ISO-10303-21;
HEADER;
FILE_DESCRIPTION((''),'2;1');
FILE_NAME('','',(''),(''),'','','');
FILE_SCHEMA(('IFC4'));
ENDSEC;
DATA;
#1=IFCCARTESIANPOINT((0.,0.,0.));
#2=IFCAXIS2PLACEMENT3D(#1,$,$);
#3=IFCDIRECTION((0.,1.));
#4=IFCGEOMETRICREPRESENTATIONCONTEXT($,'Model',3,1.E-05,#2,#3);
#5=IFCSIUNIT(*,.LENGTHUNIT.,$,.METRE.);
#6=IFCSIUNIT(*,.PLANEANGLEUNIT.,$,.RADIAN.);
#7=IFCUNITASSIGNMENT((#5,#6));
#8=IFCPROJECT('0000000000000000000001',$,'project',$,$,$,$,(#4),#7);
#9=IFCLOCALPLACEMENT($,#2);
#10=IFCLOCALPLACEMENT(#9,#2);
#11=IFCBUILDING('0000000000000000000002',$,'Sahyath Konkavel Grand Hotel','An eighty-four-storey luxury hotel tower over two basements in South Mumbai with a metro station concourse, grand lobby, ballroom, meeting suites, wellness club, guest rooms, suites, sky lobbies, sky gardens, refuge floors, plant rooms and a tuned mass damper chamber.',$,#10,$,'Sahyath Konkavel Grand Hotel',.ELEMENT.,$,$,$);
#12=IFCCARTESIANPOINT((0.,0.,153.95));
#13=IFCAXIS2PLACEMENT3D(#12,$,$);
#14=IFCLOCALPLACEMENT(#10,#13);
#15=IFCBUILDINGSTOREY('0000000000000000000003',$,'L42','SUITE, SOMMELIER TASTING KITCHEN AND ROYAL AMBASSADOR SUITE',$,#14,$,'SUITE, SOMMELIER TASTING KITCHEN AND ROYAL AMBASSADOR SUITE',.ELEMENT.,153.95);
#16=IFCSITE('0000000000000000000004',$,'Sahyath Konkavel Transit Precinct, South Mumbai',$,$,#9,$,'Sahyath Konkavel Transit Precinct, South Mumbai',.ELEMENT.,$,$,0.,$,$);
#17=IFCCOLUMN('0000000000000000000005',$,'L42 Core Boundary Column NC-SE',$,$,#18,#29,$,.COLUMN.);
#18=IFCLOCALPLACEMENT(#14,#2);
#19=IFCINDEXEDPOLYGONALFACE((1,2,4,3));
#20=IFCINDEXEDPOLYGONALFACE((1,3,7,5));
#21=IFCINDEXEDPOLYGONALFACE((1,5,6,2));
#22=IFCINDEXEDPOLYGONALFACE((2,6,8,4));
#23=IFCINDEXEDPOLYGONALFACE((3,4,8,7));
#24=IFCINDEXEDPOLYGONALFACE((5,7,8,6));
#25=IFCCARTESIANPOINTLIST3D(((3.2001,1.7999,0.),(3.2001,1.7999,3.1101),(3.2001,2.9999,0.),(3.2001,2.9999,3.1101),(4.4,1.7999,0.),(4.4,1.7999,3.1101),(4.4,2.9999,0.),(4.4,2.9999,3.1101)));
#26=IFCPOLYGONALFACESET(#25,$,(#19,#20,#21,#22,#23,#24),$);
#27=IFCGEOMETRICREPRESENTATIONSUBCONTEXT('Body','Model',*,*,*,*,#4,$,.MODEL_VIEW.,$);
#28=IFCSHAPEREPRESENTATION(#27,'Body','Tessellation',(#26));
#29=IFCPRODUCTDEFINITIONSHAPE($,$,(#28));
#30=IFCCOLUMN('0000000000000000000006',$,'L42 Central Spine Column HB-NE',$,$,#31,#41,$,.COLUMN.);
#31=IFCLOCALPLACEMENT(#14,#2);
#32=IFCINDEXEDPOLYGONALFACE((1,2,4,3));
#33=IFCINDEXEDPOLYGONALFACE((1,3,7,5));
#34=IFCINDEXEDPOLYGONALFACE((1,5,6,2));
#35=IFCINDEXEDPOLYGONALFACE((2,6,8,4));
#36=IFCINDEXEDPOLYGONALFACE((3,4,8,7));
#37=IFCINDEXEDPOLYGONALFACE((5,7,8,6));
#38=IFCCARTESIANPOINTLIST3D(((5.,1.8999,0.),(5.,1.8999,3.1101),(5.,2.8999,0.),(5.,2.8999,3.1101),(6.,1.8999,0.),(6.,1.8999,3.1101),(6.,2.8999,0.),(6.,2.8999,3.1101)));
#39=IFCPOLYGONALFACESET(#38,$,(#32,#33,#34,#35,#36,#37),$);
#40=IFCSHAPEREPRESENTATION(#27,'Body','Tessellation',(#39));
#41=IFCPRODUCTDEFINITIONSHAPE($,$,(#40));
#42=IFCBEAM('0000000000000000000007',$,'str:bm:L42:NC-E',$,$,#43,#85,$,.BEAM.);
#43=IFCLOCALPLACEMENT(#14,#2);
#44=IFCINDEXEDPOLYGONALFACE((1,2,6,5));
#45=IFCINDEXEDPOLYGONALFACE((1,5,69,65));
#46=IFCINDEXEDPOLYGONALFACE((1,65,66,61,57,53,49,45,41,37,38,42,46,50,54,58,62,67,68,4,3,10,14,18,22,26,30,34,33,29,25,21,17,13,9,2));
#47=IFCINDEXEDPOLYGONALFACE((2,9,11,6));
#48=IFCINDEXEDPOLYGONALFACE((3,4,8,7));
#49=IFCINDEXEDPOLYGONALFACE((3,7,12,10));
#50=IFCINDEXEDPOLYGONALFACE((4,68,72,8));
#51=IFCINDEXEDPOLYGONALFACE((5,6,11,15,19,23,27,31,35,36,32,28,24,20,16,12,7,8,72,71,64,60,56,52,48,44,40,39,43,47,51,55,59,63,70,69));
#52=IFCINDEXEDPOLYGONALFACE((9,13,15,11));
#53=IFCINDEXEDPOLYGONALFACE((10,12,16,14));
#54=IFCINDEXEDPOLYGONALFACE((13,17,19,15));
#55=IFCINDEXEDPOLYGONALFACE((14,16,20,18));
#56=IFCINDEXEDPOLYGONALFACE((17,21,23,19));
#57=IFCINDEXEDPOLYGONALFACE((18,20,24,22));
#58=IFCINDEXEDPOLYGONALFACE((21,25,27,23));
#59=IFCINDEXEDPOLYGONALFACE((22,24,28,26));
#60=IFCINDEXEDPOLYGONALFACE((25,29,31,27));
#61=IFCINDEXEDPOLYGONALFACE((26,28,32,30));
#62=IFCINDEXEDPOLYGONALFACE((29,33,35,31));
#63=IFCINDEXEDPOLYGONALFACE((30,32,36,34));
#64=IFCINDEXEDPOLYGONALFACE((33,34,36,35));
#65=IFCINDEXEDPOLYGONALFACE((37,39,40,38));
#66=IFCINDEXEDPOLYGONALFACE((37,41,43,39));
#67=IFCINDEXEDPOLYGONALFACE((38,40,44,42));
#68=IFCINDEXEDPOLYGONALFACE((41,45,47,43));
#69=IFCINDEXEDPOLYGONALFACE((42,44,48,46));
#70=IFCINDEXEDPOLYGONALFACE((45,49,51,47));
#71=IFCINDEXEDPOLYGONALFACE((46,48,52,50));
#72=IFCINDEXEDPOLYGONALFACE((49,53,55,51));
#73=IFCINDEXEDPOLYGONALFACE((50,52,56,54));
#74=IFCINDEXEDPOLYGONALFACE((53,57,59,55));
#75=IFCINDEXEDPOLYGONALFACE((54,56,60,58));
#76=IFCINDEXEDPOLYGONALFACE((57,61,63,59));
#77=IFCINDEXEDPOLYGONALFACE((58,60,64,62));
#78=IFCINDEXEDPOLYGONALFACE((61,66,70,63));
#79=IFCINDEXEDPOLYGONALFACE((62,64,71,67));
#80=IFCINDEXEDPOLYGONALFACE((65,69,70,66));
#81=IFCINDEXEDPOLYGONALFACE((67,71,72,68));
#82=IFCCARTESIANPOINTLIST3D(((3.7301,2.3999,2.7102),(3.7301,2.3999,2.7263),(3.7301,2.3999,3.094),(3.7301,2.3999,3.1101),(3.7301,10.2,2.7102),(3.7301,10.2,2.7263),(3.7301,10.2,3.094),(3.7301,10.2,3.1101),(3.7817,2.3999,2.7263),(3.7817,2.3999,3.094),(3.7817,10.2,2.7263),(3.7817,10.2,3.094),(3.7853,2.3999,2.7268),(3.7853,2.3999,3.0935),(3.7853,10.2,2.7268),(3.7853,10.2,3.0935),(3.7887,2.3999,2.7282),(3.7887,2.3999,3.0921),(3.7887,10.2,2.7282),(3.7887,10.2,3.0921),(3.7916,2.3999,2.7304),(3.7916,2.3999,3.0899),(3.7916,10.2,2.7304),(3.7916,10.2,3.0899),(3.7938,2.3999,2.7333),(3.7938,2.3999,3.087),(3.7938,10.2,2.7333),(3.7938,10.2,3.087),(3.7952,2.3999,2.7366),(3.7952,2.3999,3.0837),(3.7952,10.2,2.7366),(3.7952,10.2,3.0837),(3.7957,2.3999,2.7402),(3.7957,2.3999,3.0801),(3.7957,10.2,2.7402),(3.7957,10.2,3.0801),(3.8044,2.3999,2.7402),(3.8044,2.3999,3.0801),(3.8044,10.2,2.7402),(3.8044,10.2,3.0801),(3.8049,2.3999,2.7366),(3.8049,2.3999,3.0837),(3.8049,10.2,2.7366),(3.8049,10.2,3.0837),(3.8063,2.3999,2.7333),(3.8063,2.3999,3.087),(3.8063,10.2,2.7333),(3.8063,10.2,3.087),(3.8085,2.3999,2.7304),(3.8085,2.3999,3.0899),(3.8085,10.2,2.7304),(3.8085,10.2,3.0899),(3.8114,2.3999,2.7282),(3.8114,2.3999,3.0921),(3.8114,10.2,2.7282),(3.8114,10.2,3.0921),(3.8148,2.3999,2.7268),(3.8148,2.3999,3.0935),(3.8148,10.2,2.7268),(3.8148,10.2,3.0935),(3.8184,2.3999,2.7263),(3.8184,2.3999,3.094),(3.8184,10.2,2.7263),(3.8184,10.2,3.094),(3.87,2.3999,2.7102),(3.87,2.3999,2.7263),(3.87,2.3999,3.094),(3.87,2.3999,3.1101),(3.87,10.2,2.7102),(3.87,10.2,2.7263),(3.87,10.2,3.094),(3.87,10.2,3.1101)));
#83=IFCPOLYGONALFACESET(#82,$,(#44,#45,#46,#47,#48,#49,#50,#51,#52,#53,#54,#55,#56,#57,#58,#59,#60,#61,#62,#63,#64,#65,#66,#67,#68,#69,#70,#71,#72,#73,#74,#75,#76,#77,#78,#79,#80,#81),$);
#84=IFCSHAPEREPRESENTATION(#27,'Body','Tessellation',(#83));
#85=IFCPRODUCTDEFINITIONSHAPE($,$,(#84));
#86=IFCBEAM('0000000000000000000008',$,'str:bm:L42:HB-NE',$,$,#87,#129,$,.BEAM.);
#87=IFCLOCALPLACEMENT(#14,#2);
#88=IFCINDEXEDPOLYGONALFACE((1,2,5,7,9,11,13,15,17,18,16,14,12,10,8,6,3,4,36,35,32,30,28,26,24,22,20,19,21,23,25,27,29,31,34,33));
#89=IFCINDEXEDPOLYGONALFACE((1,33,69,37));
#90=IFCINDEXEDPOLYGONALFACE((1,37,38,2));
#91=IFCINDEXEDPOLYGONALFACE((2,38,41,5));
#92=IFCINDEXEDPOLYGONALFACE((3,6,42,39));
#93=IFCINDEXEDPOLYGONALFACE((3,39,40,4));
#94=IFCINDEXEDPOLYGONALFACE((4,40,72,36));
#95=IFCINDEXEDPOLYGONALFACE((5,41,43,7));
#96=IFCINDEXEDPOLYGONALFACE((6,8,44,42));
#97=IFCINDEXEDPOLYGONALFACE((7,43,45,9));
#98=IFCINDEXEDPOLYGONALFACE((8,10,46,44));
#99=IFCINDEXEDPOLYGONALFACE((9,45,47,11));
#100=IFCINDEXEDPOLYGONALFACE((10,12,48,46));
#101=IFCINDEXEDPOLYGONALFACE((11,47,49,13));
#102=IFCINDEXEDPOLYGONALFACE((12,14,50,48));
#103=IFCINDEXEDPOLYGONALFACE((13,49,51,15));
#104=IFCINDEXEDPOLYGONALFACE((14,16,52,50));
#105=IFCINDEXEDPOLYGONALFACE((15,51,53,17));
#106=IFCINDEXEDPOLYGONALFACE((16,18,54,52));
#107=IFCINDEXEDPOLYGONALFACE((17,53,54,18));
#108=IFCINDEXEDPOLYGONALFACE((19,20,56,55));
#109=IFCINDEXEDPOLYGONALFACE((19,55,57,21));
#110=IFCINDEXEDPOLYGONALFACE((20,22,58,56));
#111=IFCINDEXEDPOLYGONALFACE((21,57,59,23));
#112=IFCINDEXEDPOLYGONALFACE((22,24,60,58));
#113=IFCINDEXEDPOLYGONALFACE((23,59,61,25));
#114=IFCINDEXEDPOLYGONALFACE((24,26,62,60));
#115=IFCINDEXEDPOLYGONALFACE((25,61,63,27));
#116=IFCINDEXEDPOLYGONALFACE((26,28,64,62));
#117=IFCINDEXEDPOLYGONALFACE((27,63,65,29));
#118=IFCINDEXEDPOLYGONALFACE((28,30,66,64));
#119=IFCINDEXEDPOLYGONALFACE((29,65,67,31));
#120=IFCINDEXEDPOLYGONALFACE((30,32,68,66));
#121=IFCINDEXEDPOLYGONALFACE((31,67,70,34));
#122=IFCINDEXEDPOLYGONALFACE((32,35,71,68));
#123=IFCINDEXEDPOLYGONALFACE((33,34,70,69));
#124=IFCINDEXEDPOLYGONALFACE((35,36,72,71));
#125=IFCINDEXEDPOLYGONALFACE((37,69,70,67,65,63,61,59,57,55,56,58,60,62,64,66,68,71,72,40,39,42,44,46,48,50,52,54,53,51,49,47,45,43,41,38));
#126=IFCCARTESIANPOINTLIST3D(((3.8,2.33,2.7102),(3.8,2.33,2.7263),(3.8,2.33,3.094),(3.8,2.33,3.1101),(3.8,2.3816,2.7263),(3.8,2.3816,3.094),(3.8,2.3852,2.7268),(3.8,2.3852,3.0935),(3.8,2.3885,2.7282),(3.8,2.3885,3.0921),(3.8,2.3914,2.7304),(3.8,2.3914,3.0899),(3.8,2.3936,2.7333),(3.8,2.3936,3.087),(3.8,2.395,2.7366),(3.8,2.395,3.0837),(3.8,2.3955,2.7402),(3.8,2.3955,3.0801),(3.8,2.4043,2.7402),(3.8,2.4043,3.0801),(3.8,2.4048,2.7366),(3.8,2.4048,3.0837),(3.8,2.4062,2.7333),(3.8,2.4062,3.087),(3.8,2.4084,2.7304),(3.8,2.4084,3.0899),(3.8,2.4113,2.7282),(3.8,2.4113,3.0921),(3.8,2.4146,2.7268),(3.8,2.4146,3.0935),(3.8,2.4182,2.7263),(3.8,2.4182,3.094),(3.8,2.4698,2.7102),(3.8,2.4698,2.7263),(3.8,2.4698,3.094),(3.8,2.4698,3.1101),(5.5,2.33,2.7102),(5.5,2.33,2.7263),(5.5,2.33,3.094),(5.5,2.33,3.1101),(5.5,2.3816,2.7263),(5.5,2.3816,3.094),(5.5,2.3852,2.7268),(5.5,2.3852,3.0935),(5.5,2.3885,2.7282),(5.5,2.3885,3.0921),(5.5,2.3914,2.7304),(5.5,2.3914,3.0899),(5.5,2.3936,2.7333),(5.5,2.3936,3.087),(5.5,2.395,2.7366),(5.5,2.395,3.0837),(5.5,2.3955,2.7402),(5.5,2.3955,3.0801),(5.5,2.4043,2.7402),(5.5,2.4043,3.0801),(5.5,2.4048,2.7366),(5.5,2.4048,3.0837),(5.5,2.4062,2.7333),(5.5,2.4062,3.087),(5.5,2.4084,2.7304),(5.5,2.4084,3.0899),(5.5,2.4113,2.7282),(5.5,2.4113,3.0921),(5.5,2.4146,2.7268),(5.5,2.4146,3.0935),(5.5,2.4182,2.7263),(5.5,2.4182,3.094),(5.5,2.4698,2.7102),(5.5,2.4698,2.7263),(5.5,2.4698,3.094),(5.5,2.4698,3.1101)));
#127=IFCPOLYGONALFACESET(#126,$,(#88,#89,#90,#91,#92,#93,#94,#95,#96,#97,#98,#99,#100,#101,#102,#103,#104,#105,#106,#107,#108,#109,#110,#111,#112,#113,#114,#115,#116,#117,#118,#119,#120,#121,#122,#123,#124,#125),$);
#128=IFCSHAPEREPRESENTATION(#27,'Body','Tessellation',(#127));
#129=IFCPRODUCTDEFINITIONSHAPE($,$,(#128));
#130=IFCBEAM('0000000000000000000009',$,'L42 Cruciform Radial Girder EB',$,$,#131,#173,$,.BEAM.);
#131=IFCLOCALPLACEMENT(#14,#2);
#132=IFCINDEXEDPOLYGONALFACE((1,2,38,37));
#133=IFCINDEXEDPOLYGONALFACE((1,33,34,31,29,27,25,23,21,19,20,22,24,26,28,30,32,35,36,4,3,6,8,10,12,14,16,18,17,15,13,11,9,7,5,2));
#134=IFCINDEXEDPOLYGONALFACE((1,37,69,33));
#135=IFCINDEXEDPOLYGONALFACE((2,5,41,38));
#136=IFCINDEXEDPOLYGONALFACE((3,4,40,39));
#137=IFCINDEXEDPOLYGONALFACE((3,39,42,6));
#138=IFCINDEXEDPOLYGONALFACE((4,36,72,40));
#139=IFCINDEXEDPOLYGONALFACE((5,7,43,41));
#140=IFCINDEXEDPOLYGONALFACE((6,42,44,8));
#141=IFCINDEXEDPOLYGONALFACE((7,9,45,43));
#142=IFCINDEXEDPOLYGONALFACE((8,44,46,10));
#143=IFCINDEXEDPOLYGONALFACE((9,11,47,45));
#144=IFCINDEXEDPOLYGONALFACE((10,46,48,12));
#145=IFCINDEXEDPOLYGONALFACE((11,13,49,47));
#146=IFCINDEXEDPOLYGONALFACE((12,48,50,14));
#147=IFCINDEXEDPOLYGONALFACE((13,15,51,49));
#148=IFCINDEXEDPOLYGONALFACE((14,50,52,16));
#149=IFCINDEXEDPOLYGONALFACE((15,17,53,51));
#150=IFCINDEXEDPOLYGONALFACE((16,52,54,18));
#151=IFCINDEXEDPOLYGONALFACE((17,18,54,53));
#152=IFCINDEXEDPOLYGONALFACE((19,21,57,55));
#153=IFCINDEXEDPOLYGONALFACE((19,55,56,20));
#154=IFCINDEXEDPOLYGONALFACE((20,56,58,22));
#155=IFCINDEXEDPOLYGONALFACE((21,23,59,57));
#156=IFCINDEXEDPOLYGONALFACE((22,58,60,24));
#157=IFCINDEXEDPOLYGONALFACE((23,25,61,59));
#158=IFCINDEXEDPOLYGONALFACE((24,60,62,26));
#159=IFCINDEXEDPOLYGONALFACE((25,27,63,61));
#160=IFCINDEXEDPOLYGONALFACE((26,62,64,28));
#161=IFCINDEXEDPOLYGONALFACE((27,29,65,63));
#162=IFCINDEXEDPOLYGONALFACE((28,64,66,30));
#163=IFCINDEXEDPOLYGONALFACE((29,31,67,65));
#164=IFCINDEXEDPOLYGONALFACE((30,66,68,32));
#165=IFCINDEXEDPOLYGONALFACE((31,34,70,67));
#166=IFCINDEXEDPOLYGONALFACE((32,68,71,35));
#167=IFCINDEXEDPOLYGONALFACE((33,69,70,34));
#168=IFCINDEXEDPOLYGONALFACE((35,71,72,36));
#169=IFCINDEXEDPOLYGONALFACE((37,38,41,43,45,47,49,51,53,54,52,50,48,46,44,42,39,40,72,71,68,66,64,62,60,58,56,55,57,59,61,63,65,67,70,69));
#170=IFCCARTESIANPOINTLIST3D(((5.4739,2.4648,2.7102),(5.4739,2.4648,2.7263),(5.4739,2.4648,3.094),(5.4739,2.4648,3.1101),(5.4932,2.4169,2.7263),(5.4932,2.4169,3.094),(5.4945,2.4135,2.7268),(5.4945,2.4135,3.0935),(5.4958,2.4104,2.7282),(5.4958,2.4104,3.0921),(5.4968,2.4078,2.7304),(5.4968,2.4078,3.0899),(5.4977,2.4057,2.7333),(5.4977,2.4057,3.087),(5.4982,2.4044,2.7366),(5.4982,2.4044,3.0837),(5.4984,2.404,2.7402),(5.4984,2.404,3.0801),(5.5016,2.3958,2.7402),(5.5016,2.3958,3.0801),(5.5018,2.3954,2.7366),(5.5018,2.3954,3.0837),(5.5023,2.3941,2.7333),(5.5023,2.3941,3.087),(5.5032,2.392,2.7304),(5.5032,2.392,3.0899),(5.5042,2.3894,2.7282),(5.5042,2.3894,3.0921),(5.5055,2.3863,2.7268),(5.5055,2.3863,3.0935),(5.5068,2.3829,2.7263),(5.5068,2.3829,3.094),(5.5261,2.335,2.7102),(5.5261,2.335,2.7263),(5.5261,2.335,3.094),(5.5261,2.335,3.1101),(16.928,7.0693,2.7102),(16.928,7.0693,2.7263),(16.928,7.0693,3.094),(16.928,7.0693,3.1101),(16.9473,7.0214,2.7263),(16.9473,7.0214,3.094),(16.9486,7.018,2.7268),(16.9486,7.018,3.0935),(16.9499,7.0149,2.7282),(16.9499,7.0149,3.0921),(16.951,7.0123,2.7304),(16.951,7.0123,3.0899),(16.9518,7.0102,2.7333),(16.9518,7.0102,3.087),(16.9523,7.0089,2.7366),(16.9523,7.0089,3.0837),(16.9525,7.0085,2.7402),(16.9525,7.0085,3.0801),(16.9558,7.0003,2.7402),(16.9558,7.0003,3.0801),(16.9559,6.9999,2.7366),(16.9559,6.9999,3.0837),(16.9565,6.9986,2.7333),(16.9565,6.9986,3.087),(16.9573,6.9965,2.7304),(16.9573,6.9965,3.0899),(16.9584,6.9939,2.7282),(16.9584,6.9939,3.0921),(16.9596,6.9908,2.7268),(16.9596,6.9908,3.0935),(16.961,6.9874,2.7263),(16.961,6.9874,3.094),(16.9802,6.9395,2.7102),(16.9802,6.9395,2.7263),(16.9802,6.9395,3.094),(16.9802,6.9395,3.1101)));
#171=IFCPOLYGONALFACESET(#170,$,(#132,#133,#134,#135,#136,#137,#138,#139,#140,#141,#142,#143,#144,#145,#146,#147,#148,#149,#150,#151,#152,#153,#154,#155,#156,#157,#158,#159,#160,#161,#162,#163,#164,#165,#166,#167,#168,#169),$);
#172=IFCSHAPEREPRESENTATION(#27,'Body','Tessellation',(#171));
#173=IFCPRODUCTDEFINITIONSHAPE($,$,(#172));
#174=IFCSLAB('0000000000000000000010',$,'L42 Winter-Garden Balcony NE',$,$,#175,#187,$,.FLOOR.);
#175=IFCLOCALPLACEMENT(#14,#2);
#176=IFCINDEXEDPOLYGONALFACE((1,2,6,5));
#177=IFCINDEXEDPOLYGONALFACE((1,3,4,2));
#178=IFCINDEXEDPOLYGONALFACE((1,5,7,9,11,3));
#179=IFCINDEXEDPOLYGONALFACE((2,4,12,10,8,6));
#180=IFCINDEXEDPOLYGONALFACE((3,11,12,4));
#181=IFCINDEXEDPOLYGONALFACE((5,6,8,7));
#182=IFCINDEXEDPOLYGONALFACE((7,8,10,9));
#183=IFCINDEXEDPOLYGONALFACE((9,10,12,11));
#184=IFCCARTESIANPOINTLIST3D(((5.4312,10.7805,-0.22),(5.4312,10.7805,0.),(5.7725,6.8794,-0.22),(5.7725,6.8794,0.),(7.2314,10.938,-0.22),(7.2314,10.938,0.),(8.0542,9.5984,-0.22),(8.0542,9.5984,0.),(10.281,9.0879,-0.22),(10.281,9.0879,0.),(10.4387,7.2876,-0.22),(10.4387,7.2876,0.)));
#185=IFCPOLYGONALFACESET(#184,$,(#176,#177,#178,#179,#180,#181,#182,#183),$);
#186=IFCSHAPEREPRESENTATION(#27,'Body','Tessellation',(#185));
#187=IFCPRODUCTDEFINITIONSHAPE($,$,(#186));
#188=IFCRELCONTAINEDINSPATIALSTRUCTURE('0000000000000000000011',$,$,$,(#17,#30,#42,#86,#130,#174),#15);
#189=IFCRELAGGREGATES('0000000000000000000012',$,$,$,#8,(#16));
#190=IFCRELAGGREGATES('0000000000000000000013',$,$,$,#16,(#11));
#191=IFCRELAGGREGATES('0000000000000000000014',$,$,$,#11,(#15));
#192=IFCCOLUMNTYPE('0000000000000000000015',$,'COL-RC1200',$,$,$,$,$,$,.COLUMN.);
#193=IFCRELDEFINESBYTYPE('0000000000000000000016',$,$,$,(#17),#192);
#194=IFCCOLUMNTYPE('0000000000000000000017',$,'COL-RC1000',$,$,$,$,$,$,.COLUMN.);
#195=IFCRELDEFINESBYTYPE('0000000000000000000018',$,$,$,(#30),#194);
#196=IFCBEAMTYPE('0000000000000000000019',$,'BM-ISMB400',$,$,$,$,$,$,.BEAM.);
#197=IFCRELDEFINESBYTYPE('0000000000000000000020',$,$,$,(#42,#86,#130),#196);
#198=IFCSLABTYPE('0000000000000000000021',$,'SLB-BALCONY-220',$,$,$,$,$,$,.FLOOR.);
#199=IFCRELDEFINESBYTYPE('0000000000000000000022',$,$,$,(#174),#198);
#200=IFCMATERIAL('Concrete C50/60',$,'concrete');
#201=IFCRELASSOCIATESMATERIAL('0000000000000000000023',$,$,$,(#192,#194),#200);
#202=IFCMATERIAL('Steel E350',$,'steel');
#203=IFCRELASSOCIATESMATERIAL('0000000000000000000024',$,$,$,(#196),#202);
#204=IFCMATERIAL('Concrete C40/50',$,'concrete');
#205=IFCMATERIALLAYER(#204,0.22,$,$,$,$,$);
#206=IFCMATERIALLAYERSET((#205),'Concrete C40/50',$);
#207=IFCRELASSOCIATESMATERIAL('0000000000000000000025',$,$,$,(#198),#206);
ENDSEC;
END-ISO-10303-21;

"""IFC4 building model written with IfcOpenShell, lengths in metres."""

from ifc_helpers import new_model, si_unit, direction, frame, origin, origin_2d, place, context, subcontext, project, spatial, polyline, rectangle, i_section, outline, extrude, source, transform, mapped, material, layer, layer_set, material_profile, profile_set, type_object, element, save


model = new_model("IFC4")

# Units and contexts
model_context = context("Model", 3, precision=1e-05, world=origin(), true_north=direction((0.0, 1.0)))
body_context = subcontext(model_context, "Body", "Model", "MODEL_VIEW")
ifc_project = project(units=[si_unit("LENGTHUNIT", "METRE"), si_unit("PLANEANGLEUNIT", "RADIAN")], contexts=[model_context])

# Site, building, storey
site_placement = place(None, origin())
site = spatial("IfcSite", under=ifc_project, at=site_placement, Name="Sahyath Konkavel Transit Precinct, South Mumbai", LongName="Sahyath Konkavel Transit Precinct, South Mumbai", CompositionType="ELEMENT", RefElevation=0.0)
building_placement = place(site_placement, origin())
building = spatial("IfcBuilding", under=site, at=building_placement, Name="Sahyath Konkavel Grand Hotel", Description="An eighty-four-storey luxury hotel tower over two basements in South Mumbai with a metro station concourse, grand lobby, ballroom, meeting suites, wellness club, guest rooms, suites, sky lobbies, sky gardens, refuge floors, plant rooms and a tuned mass damper chamber.", LongName="Sahyath Konkavel Grand Hotel", CompositionType="ELEMENT")
storey_placement = place(building_placement, frame((0.0, 0.0, 153.95)))
storey = spatial("IfcBuildingStorey", under=building, at=storey_placement, Name="L42", Description="SUITE, SOMMELIER TASTING KITCHEN AND ROYAL AMBASSADOR SUITE", LongName="SUITE, SOMMELIER TASTING KITCHEN AND ROYAL AMBASSADOR SUITE", CompositionType="ELEMENT", Elevation=153.95)

# Columns
ifc_material_1 = material(Name="Concrete C50/60", Category="concrete")
ifc_material_profile_1 = material_profile(ifc_material_1, rectangle(XDim=1.2, YDim=1.2, at=origin_2d()), Name="RC 1200x1200")
ifc_profile_set_1 = profile_set([ifc_material_profile_1], Name="Concrete C50/60")
column_type_1 = type_object("IfcColumnType", Name="COL-RC1200", PredefinedType="COLUMN", material=ifc_profile_set_1)
shared_shape_1 = source(origin(), body_context, "Body", "SweptSolid", [
    extrude(rectangle(XDim=1.2, YDim=1.2, at=origin_2d()), origin(), (0.0, 0.0, 1.0), 3.1101),
])
column_1_placement = place(storey_placement, frame((3.8, 2.3999, 0.0), z_axis=(0.0, 0.0, 1.0), x_axis=(1.0, 0.0, 0.0)))
element("IfcColumn", 1, at=column_1_placement, inside=storey, type_object=column_type_1, Name="L42 Core Boundary Column NC-SE", PredefinedType="COLUMN", context=body_context, shape_type="MappedRepresentation", body=[
    mapped(shared_shape_1, transform((0.0, 0.0, 0.0), scale=1.0)),
])
ifc_material_profile_2 = material_profile(ifc_material_1, rectangle(XDim=1.0, YDim=1.0, at=origin_2d()), Name="RC 1000x1000")
ifc_profile_set_2 = profile_set([ifc_material_profile_2], Name="Concrete C50/60")
column_type_2 = type_object("IfcColumnType", Name="COL-RC1000", PredefinedType="COLUMN", material=ifc_profile_set_2)
shared_shape_2 = source(origin(), body_context, "Body", "SweptSolid", [
    extrude(rectangle(XDim=1.0, YDim=1.0, at=origin_2d()), origin(), (0.0, 0.0, 1.0), 3.1101),
])
column_2_placement = place(storey_placement, frame((5.5, 2.3999, 0.0), z_axis=(0.0, 0.0, 1.0), x_axis=(1.0, 0.0, 0.0)))
element("IfcColumn", 2, at=column_2_placement, inside=storey, type_object=column_type_2, Name="L42 Central Spine Column HB-NE", PredefinedType="COLUMN", context=body_context, shape_type="MappedRepresentation", body=[
    mapped(shared_shape_2, transform((0.0, 0.0, 0.0), scale=1.0)),
])

# Beams
ifc_material_2 = material(Name="Steel E350", Category="steel")
ifc_material_profile_3 = material_profile(ifc_material_2, i_section(OverallWidth=0.1399, OverallDepth=0.3999, WebThickness=0.0088, FlangeThickness=0.0161, FilletRadius=0.0139, at=origin_2d()), Name="ISMB 400")
ifc_profile_set_3 = profile_set([ifc_material_profile_3], Name="Steel E350")
beam_type = type_object("IfcBeamType", Name="BM-ISMB400", PredefinedType="BEAM", material=ifc_profile_set_3)
shared_shape_3 = source(origin(), body_context, "Body", "SweptSolid", [
    extrude(i_section(OverallWidth=0.1399, OverallDepth=0.3999, WebThickness=0.0088, FlangeThickness=0.0161, FilletRadius=0.0139, at=origin_2d()), origin(), (0.0, 0.0, 1.0), 7.8),
])
beam_1_placement = place(storey_placement, frame((3.8, 2.3999, 2.9102), z_axis=(0.0, 1.0, 0.0), x_axis=(-1.0, 0.0, 0.0)))
element("IfcBeam", 3, at=beam_1_placement, inside=storey, type_object=beam_type, Name="str:bm:L42:NC-E", PredefinedType="BEAM", context=body_context, shape_type="MappedRepresentation", body=[
    mapped(shared_shape_3, transform((0.0, 0.0, 0.0), scale=1.0)),
])
shared_shape_4 = source(origin(), body_context, "Body", "SweptSolid", [
    extrude(i_section(OverallWidth=0.1399, OverallDepth=0.3999, WebThickness=0.0088, FlangeThickness=0.0161, FilletRadius=0.0139, at=origin_2d()), origin(), (0.0, 0.0, 1.0), 1.7),
])
beam_2_placement = place(storey_placement, frame((3.8, 2.3999, 2.9102), z_axis=(1.0, 0.0, 0.0), x_axis=(0.0, 1.0, 0.0)))
element("IfcBeam", 4, at=beam_2_placement, inside=storey, type_object=beam_type, Name="str:bm:L42:HB-NE", PredefinedType="BEAM", context=body_context, shape_type="MappedRepresentation", body=[
    mapped(shared_shape_4, transform((0.0, 0.0, 0.0), scale=1.0)),
])
shared_shape_5 = source(origin(), body_context, "Body", "SweptSolid", [
    extrude(i_section(OverallWidth=0.1399, OverallDepth=0.3999, WebThickness=0.0088, FlangeThickness=0.0161, FilletRadius=0.0139, at=origin_2d()), origin(), (0.0, 0.0, 1.0), 12.345),
])
beam_3_placement = place(storey_placement, frame((5.5, 2.3999, 2.9102), z_axis=(0.927837, 0.372986, 0.0), x_axis=(-0.372986, 0.927837, 0.0)))
element("IfcBeam", 5, at=beam_3_placement, inside=storey, type_object=beam_type, Name="L42 Cruciform Radial Girder EB", PredefinedType="BEAM", context=body_context, shape_type="MappedRepresentation", body=[
    mapped(shared_shape_5, transform((0.0, 0.0, 0.0), scale=1.0)),
])

# Slab
ifc_material_3 = material(Name="Concrete C40/50", Category="concrete")
ifc_layer_1 = layer(ifc_material_3, 0.22)
ifc_layer_set_1 = layer_set([ifc_layer_1], Name="Concrete C40/50")
slab_type = type_object("IfcSlabType", Name="SLB-BALCONY-220", PredefinedType="FLOOR", material=ifc_layer_set_1)
slab_1_placement = place(storey_placement, frame((0.0, 0.0, -0.22)))
element("IfcSlab", 6, at=slab_1_placement, inside=storey, type_object=slab_type, Name="L42 Winter-Garden Balcony NE", PredefinedType="FLOOR", context=body_context, shape_type="SweptSolid", body=[
    extrude(outline(polyline([(5.7725, 6.8794), (10.4387, 7.2876), (10.281, 9.0879), (8.0542, 9.5984), (7.2314, 10.938), (5.4312, 10.7805), (5.7725, 6.8794)])), origin(), (0.0, 0.0, 1.0), 0.22),
])

save(model, "model.ifc")
